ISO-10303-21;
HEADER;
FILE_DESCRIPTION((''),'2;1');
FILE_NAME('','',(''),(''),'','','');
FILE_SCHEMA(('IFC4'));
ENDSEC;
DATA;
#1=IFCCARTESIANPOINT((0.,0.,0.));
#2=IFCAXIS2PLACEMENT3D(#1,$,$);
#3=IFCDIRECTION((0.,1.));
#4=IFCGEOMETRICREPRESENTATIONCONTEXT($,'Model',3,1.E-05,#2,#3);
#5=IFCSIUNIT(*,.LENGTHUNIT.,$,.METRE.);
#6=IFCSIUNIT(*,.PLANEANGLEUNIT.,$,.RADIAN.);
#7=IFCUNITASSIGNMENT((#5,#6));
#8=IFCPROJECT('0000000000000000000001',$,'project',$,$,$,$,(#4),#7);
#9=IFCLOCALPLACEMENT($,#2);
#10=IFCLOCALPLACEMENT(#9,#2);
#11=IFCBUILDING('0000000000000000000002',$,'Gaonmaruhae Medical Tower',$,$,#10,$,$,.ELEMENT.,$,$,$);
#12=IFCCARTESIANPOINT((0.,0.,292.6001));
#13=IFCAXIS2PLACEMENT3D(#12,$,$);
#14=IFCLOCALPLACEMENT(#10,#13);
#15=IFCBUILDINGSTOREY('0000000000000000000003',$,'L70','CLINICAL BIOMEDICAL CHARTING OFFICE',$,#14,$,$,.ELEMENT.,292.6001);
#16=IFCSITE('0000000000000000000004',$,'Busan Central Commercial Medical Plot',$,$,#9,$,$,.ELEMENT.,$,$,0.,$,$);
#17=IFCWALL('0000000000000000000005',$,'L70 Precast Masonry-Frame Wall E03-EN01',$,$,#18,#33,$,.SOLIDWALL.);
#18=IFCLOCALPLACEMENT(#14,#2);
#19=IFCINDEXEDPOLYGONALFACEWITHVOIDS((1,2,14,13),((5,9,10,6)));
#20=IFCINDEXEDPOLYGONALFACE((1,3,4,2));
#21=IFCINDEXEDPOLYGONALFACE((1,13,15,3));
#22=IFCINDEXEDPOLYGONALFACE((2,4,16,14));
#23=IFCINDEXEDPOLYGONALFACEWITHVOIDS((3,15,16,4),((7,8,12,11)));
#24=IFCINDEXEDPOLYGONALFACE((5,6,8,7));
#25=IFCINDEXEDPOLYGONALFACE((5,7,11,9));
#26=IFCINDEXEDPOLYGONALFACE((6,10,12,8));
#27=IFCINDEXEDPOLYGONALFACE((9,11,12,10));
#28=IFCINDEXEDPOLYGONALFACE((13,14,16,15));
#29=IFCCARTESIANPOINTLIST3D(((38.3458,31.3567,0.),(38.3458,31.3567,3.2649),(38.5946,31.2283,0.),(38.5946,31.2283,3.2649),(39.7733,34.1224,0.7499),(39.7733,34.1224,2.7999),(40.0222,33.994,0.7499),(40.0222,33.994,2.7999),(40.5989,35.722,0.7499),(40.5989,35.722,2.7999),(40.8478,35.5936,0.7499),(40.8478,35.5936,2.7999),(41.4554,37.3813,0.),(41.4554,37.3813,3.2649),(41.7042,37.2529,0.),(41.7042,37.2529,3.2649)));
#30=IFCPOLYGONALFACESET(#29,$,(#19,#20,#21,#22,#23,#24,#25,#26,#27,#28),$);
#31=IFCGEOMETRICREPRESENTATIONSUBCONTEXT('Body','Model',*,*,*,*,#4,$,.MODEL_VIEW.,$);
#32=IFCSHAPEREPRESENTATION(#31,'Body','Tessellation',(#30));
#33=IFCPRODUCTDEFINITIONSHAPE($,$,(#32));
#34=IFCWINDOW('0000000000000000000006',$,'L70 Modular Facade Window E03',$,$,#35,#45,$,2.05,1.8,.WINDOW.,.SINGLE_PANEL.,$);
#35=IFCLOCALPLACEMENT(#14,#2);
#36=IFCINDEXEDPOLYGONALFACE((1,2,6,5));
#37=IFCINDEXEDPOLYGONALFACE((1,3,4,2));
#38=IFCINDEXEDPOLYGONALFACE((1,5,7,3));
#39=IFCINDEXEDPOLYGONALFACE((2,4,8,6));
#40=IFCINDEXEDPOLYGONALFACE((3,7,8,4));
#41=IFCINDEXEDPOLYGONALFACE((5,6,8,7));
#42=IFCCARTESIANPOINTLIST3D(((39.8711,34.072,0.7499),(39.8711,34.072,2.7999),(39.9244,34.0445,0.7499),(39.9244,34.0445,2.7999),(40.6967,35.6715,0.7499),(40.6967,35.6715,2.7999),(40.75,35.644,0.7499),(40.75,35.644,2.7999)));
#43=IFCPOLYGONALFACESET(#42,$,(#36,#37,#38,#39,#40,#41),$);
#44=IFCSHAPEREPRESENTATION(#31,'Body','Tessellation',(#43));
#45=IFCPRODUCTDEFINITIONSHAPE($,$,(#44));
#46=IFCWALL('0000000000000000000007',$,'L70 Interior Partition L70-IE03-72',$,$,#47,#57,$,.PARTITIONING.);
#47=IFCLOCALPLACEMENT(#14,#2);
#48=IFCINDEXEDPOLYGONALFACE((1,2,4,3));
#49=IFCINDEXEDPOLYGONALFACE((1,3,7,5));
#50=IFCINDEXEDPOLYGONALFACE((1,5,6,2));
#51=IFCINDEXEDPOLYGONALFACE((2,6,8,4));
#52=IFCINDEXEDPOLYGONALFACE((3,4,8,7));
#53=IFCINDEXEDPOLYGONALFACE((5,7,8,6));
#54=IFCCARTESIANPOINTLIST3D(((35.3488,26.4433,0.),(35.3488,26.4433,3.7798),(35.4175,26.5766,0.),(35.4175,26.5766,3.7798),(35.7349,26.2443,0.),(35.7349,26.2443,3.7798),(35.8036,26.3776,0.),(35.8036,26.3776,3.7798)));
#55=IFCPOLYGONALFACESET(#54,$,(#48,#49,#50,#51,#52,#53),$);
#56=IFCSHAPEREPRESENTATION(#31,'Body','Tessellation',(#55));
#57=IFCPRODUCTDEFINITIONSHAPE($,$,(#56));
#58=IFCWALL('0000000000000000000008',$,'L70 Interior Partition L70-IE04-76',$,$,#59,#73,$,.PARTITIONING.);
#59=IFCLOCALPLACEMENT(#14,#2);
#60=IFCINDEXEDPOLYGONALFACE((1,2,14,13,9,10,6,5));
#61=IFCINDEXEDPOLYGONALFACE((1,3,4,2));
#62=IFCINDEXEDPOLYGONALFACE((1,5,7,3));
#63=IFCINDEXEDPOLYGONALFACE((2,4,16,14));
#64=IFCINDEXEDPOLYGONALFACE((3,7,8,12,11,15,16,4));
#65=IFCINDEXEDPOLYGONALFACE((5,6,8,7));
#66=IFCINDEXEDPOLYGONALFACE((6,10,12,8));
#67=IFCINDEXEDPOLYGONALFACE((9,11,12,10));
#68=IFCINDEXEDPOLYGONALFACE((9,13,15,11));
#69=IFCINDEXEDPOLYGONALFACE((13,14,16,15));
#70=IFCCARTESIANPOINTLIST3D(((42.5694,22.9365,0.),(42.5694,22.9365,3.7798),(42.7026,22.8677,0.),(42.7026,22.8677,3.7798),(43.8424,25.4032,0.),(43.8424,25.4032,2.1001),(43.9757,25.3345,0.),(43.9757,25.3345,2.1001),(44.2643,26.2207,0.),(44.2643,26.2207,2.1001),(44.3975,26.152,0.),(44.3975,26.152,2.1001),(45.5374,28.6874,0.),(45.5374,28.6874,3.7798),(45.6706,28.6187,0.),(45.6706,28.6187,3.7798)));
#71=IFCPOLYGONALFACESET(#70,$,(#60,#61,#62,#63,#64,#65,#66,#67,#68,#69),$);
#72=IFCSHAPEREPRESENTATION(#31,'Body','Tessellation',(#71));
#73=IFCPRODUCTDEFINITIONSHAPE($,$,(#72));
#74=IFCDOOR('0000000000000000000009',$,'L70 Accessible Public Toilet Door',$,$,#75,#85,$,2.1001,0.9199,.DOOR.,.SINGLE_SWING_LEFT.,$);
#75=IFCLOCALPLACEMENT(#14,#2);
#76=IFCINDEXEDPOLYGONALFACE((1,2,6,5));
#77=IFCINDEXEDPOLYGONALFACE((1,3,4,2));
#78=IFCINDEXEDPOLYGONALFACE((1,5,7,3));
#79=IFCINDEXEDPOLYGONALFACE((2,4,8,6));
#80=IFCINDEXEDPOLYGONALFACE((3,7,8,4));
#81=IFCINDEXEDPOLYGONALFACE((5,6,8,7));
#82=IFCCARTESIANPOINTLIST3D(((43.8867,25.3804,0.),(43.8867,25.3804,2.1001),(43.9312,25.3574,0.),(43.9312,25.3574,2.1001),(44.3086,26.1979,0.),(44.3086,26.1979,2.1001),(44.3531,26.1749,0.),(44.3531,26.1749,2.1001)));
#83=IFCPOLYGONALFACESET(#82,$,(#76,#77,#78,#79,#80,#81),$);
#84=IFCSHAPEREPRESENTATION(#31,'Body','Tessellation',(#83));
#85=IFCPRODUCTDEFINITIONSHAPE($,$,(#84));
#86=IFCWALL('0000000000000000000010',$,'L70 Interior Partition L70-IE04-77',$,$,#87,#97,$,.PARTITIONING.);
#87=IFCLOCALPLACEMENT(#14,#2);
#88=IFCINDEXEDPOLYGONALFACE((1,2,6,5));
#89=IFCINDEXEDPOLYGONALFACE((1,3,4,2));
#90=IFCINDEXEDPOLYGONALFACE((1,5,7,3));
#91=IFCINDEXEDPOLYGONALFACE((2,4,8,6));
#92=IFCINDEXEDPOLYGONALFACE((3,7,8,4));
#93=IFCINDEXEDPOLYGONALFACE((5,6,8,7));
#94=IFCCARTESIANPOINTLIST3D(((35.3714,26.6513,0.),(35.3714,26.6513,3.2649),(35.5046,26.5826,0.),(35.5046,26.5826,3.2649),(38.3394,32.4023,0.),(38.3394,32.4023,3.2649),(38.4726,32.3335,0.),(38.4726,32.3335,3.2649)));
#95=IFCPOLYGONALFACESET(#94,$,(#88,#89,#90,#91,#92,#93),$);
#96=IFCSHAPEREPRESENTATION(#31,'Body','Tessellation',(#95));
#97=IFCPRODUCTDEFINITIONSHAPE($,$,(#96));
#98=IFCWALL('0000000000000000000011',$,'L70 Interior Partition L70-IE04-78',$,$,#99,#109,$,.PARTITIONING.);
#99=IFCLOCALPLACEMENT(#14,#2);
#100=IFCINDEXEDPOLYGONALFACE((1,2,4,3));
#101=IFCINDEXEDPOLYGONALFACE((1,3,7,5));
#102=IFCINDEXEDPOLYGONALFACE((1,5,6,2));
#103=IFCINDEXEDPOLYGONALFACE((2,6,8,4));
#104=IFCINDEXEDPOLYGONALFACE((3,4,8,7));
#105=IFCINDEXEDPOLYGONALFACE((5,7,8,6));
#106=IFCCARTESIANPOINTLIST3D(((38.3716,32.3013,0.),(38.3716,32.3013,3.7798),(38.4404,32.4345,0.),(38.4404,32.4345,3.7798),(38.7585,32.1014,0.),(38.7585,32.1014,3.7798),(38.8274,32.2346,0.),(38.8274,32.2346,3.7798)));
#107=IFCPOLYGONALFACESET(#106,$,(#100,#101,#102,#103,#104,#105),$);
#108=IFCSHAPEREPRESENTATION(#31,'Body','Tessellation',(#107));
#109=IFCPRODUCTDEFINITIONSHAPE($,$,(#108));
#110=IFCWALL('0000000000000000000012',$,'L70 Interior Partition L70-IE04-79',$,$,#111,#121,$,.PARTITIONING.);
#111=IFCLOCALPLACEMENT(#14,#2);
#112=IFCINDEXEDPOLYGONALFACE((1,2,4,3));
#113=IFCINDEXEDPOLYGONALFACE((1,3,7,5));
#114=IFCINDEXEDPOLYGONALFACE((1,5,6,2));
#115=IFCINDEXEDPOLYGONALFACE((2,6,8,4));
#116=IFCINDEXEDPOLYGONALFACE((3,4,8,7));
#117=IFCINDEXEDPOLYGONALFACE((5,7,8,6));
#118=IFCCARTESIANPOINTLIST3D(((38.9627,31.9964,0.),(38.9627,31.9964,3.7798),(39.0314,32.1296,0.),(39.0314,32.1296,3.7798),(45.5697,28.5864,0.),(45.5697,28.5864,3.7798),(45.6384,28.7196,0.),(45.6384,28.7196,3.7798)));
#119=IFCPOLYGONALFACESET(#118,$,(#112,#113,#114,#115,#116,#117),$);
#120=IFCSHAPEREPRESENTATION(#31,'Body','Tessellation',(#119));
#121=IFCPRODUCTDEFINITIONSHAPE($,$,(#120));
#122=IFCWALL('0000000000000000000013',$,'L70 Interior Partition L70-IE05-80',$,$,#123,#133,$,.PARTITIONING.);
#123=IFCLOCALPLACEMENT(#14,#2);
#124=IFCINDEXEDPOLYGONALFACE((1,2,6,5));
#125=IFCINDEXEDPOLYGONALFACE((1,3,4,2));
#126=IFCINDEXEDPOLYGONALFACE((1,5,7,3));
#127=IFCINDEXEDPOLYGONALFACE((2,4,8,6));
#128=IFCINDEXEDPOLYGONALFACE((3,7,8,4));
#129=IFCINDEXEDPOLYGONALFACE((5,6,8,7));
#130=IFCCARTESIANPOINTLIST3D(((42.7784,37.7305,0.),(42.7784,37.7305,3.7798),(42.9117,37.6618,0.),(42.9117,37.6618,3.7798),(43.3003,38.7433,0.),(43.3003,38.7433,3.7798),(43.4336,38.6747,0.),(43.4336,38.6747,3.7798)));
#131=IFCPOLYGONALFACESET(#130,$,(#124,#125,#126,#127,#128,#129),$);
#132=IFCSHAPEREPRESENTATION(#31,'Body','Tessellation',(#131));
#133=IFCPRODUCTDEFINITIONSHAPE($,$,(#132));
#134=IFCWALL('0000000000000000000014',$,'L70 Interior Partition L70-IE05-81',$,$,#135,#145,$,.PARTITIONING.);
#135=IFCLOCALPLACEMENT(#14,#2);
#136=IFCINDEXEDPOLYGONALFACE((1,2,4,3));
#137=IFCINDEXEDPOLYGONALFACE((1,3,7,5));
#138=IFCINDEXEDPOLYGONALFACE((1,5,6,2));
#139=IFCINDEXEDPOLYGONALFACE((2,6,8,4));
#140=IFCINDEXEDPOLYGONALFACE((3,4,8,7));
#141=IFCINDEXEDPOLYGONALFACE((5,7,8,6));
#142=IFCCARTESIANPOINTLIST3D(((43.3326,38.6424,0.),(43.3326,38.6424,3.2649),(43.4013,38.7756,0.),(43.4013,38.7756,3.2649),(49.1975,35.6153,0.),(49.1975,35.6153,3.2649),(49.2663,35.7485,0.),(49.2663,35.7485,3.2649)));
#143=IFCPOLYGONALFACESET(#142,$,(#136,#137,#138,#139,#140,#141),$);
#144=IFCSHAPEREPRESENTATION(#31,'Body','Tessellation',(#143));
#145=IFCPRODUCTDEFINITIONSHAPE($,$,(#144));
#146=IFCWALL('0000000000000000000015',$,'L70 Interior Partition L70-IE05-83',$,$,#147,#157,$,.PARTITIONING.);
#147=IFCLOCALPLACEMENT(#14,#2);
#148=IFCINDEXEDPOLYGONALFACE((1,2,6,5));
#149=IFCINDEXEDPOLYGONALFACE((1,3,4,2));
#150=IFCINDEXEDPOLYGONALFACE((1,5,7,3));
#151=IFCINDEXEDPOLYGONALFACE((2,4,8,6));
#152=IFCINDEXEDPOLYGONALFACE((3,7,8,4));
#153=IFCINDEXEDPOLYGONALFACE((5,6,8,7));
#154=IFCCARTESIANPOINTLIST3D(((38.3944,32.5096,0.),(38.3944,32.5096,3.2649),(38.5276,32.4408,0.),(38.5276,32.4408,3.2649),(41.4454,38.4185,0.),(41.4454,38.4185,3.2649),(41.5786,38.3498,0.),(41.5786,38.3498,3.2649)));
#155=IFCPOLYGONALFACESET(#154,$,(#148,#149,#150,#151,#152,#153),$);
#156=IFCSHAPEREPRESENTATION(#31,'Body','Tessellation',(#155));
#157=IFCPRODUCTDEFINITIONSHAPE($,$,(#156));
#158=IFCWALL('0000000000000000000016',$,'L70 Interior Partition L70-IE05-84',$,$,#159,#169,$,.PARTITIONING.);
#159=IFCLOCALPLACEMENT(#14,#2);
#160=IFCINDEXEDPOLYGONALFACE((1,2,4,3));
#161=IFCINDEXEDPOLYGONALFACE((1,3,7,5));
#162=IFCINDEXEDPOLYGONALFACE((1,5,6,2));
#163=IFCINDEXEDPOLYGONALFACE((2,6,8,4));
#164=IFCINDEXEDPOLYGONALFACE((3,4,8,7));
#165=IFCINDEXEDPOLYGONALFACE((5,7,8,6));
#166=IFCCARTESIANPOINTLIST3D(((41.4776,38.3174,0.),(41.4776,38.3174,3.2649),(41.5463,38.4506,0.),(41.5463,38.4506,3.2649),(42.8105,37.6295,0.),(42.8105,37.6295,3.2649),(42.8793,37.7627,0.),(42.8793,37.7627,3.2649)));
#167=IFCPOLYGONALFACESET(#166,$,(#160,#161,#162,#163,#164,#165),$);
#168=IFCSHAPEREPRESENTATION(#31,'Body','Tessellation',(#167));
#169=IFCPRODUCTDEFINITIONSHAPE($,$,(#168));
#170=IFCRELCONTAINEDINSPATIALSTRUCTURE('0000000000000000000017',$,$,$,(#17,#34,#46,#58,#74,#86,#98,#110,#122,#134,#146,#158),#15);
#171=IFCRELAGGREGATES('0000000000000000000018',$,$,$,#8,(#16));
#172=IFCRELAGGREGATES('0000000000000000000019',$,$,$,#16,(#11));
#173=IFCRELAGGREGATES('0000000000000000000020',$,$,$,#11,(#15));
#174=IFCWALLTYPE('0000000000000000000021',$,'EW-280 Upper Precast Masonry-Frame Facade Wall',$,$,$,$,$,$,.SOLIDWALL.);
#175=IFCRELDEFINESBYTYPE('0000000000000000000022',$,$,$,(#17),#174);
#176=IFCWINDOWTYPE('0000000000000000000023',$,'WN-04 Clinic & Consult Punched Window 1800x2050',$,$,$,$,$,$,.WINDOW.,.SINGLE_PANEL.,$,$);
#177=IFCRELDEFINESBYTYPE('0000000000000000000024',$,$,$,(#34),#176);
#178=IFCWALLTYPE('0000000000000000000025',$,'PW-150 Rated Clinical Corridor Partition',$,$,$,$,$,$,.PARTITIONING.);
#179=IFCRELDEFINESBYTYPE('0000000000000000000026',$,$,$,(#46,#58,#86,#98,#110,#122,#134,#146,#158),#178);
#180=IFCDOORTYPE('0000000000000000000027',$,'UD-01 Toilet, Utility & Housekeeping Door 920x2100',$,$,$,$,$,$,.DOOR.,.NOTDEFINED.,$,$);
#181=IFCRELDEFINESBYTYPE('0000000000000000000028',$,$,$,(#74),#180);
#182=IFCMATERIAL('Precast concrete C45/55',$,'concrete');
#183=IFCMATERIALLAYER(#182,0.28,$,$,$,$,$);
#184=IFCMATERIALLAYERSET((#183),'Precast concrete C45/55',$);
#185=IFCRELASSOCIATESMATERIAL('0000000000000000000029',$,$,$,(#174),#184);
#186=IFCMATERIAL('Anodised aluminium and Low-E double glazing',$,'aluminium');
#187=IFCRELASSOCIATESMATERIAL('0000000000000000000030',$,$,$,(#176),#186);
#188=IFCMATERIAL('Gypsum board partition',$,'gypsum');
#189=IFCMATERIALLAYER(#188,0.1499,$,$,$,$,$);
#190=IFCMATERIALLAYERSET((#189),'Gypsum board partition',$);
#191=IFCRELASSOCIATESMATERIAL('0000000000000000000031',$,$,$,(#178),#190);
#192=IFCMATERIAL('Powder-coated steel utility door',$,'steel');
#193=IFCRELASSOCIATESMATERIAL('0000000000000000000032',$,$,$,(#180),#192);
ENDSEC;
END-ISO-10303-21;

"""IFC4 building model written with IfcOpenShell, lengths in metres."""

from ifc_helpers import new_model, si_unit, direction, frame, frame_2d, origin, place, context, subcontext, project, spatial, rectangle, extrude, material, layer, layer_set, type_object, element, fill, save


model = new_model("IFC4")

# Units and contexts
model_context = context("Model", 3, precision=1e-05, world=origin(), true_north=direction((0.0, 1.0)))
body_context = subcontext(model_context, "Body", "Model", "MODEL_VIEW")
ifc_project = project(units=[si_unit("LENGTHUNIT", "METRE"), si_unit("PLANEANGLEUNIT", "RADIAN")], contexts=[model_context])

# Site, building, storey
site_placement = place(None, origin())
site = spatial("IfcSite", under=ifc_project, at=site_placement, Name="Busan Central Commercial Medical Plot", CompositionType="ELEMENT", RefElevation=0.0)
building_placement = place(site_placement, origin())
building = spatial("IfcBuilding", under=site, at=building_placement, Name="Gaonmaruhae Medical Tower", CompositionType="ELEMENT")
storey_placement = place(building_placement, frame((0.0, 0.0, 292.6001)))
storey = spatial("IfcBuildingStorey", under=building, at=storey_placement, Name="L70", Description="CLINICAL BIOMEDICAL CHARTING OFFICE", CompositionType="ELEMENT", Elevation=292.6001)

# Shared definitions
ifc_material_1 = material(Name="Precast concrete C45/55", Category="concrete")
ifc_layer_1 = layer(ifc_material_1, 0.28)
ifc_layer_set_1 = layer_set([ifc_layer_1], Name="Precast concrete C45/55")
wall_type_1 = type_object("IfcWallType", Name="EW-280 Upper Precast Masonry-Frame Facade Wall", PredefinedType="SOLIDWALL", material=ifc_layer_set_1)

# Wall, opening, window
wall_1_placement = place(storey_placement, frame((38.4702, 31.2925, 0.0), z_axis=(0.0, 0.0, 1.0), x_axis=(0.458657, 0.888614, 0.0)))
wall_1 = element("IfcWall", 1, at=wall_1_placement, inside=storey, type_object=wall_type_1, Name="L70 Precast Masonry-Frame Wall E03-EN01", PredefinedType="SOLIDWALL", context=body_context, shape_type="SweptSolid", body=[
    extrude(rectangle(XDim=6.7798, YDim=0.28, at=frame_2d((3.3899, 0.0))), origin(), (0.0, 0.0, 1.0), 3.2649),
])
opening_1_placement = place(wall_1_placement, frame((3.1125, 0.0, 0.75)))
opening_1 = element("IfcOpeningElement", 2, at=opening_1_placement, cuts=wall_1, PredefinedType="OPENING", context=body_context, shape_type="SweptSolid", body=[
    extrude(rectangle(XDim=1.8, YDim=2.05, at=frame_2d((0.8999, 1.0249))), frame((0.0, 0.1499, 0.0), z_axis=(0.0, -1.0, 0.0), x_axis=(1.0, 0.0, 0.0)), (0.0, 0.0, 1.0), 0.3),
])
ifc_material_2 = material(Name="Anodised aluminium and Low-E double glazing", Category="aluminium")
window_type = type_object("IfcWindowType", Name="WN-04 Clinic & Consult Punched Window 1800x2050", PartitioningType="SINGLE_PANEL", PredefinedType="WINDOW", material=ifc_material_2)
window_placement = place(opening_1_placement, origin())
window = element("IfcWindow", 3, at=window_placement, inside=storey, type_object=window_type, Name="L70 Modular Facade Window E03", OverallHeight=2.05, OverallWidth=1.8, PartitioningType="SINGLE_PANEL", PredefinedType="WINDOW", context=body_context, shape_type="SweptSolid", body=[
    extrude(rectangle(XDim=1.8, YDim=2.05, at=frame_2d((0.8999, 1.0249))), frame((0.0, 0.03, 0.0), z_axis=(0.0, -1.0, 0.0), x_axis=(1.0, 0.0, 0.0)), (0.0, 0.0, 1.0), 0.0601),
])
fill(opening_1, window)

# Wall
ifc_material_3 = material(Name="Gypsum board partition", Category="gypsum")
ifc_layer_2 = layer(ifc_material_3, 0.1499)
ifc_layer_set_2 = layer_set([ifc_layer_2], Name="Gypsum board partition")
wall_type_2 = type_object("IfcWallType", Name="PW-150 Rated Clinical Corridor Partition", PredefinedType="PARTITIONING", material=ifc_layer_set_2)
wall_2_placement = place(storey_placement, frame((35.3831, 26.51, 0.0), z_axis=(0.0, 0.0, 1.0), x_axis=(0.88885, -0.458199, 0.0)))
element("IfcWall", 4, at=wall_2_placement, inside=storey, type_object=wall_type_2, Name="L70 Interior Partition L70-IE03-72", PredefinedType="PARTITIONING", context=body_context, shape_type="SweptSolid", body=[
    extrude(rectangle(XDim=0.4343, YDim=0.1499, at=frame_2d((0.2173, 0.0))), origin(), (0.0, 0.0, 1.0), 3.7798),
])

# Wall, opening, door
wall_3_placement = place(storey_placement, frame((45.604, 28.6531, 0.0), z_axis=(0.0, 0.0, 1.0), x_axis=(-0.458615, -0.888635, 0.0)))
wall_3 = element("IfcWall", 5, at=wall_3_placement, inside=storey, type_object=wall_type_2, Name="L70 Interior Partition L70-IE04-76", PredefinedType="PARTITIONING", context=body_context, shape_type="SweptSolid", body=[
    extrude(rectangle(XDim=6.4717, YDim=0.1499, at=frame_2d((3.2358, 0.0))), origin(), (0.0, 0.0, 1.0), 3.7798),
])
opening_2_placement = place(wall_3_placement, frame((2.7759, 0.0, 0.0)))
opening_2 = element("IfcOpeningElement", 6, at=opening_2_placement, cuts=wall_3, PredefinedType="OPENING", context=body_context, shape_type="SweptSolid", body=[
    extrude(rectangle(XDim=0.9199, YDim=2.1001, at=frame_2d((0.46, 1.05))), frame((0.0, 0.085, 0.0), z_axis=(0.0, -1.0, 0.0), x_axis=(1.0, 0.0, 0.0)), (0.0, 0.0, 1.0), 0.1699),
])
ifc_material_4 = material(Name="Powder-coated steel utility door", Category="steel")
door_type = type_object("IfcDoorType", Name="UD-01 Toilet, Utility & Housekeeping Door 920x2100", OperationType="NOTDEFINED", PredefinedType="DOOR", material=ifc_material_4)
door_placement = place(opening_2_placement, origin())
door = element("IfcDoor", 7, at=door_placement, inside=storey, type_object=door_type, Name="L70 Accessible Public Toilet Door", OperationType="SINGLE_SWING_LEFT", OverallHeight=2.1001, OverallWidth=0.9199, PredefinedType="DOOR", context=body_context, shape_type="SweptSolid", body=[
    extrude(rectangle(XDim=0.9199, YDim=2.1001, at=frame_2d((0.46, 1.05))), frame((0.0, 0.0249, 0.0), z_axis=(0.0, -1.0, 0.0), x_axis=(1.0, 0.0, 0.0)), (0.0, 0.0, 1.0), 0.05),
])
fill(opening_2, door)

# Walls
wall_4_placement = place(storey_placement, frame((35.438, 26.6169, 0.0), z_axis=(0.0, 0.0, 1.0), x_axis=(0.458615, 0.888635, 0.0)))
element("IfcWall", 8, at=wall_4_placement, inside=storey, type_object=wall_type_2, Name="L70 Interior Partition L70-IE04-77", PredefinedType="PARTITIONING", context=body_context, shape_type="SweptSolid", body=[
    extrude(rectangle(XDim=6.4717, YDim=0.1499, at=frame_2d((3.2358, 0.0))), origin(), (0.0, 0.0, 1.0), 3.2649),
])
wall_5_placement = place(storey_placement, frame((38.406, 32.3679, 0.0), z_axis=(0.0, 0.0, 1.0), x_axis=(0.888407, -0.459057, 0.0)))
element("IfcWall", 9, at=wall_5_placement, inside=storey, type_object=wall_type_2, Name="L70 Interior Partition L70-IE04-78", PredefinedType="PARTITIONING", context=body_context, shape_type="SweptSolid", body=[
    extrude(rectangle(XDim=0.4355, YDim=0.1499, at=frame_2d((0.2178, 0.0))), origin(), (0.0, 0.0, 1.0), 3.7798),
])
wall_6_placement = place(storey_placement, frame((38.9971, 32.063, 0.0), z_axis=(0.0, 0.0, 1.0), x_axis=(0.888627, -0.45863, 0.0)))
element("IfcWall", 10, at=wall_6_placement, inside=storey, type_object=wall_type_2, Name="L70 Interior Partition L70-IE04-79", PredefinedType="PARTITIONING", context=body_context, shape_type="SweptSolid", body=[
    extrude(rectangle(XDim=7.4351, YDim=0.1499, at=frame_2d((3.7175, 0.0))), origin(), (0.0, 0.0, 1.0), 3.7798),
])
wall_7_placement = place(storey_placement, frame((42.845, 37.696, 0.0), z_axis=(0.0, 0.0, 1.0), x_axis=(0.458064, 0.888919, 0.0)))
element("IfcWall", 11, at=wall_7_placement, inside=storey, type_object=wall_type_2, Name="L70 Interior Partition L70-IE05-80", PredefinedType="PARTITIONING", context=body_context, shape_type="SweptSolid", body=[
    extrude(rectangle(XDim=1.1394, YDim=0.1499, at=frame_2d((0.5698, 0.0))), origin(), (0.0, 0.0, 1.0), 3.7798),
])
wall_8_placement = place(storey_placement, frame((43.3669, 38.709, 0.0), z_axis=(0.0, 0.0, 1.0), x_axis=(0.88862, -0.458644, 0.0)))
element("IfcWall", 12, at=wall_8_placement, inside=storey, type_object=wall_type_2, Name="L70 Interior Partition L70-IE05-81", PredefinedType="PARTITIONING", context=body_context, shape_type="SweptSolid", body=[
    extrude(rectangle(XDim=6.6001, YDim=0.1499, at=frame_2d((3.3, 0.0))), origin(), (0.0, 0.0, 1.0), 3.2649),
])
wall_9_placement = place(storey_placement, frame((38.4609, 32.4751, 0.0), z_axis=(0.0, 0.0, 1.0), x_axis=(0.458792, 0.888544, 0.0)))
element("IfcWall", 13, at=wall_9_placement, inside=storey, type_object=wall_type_2, Name="L70 Interior Partition L70-IE05-83", PredefinedType="PARTITIONING", context=body_context, shape_type="SweptSolid", body=[
    extrude(rectangle(XDim=6.6501, YDim=0.1499, at=frame_2d((3.3252, 0.0))), origin(), (0.0, 0.0, 1.0), 3.2649),
])
wall_10_placement = place(storey_placement, frame((41.512, 38.384, 0.0), z_axis=(0.0, 0.0, 1.0), x_axis=(0.888625, -0.458635, 0.0)))
element("IfcWall", 14, at=wall_10_placement, inside=storey, type_object=wall_type_2, Name="L70 Interior Partition L70-IE05-84", PredefinedType="PARTITIONING", context=body_context, shape_type="SweptSolid", body=[
    extrude(rectangle(XDim=1.5, YDim=0.1499, at=frame_2d((0.75, 0.0))), origin(), (0.0, 0.0, 1.0), 3.2649),
])

save(model, "model.ifc")
